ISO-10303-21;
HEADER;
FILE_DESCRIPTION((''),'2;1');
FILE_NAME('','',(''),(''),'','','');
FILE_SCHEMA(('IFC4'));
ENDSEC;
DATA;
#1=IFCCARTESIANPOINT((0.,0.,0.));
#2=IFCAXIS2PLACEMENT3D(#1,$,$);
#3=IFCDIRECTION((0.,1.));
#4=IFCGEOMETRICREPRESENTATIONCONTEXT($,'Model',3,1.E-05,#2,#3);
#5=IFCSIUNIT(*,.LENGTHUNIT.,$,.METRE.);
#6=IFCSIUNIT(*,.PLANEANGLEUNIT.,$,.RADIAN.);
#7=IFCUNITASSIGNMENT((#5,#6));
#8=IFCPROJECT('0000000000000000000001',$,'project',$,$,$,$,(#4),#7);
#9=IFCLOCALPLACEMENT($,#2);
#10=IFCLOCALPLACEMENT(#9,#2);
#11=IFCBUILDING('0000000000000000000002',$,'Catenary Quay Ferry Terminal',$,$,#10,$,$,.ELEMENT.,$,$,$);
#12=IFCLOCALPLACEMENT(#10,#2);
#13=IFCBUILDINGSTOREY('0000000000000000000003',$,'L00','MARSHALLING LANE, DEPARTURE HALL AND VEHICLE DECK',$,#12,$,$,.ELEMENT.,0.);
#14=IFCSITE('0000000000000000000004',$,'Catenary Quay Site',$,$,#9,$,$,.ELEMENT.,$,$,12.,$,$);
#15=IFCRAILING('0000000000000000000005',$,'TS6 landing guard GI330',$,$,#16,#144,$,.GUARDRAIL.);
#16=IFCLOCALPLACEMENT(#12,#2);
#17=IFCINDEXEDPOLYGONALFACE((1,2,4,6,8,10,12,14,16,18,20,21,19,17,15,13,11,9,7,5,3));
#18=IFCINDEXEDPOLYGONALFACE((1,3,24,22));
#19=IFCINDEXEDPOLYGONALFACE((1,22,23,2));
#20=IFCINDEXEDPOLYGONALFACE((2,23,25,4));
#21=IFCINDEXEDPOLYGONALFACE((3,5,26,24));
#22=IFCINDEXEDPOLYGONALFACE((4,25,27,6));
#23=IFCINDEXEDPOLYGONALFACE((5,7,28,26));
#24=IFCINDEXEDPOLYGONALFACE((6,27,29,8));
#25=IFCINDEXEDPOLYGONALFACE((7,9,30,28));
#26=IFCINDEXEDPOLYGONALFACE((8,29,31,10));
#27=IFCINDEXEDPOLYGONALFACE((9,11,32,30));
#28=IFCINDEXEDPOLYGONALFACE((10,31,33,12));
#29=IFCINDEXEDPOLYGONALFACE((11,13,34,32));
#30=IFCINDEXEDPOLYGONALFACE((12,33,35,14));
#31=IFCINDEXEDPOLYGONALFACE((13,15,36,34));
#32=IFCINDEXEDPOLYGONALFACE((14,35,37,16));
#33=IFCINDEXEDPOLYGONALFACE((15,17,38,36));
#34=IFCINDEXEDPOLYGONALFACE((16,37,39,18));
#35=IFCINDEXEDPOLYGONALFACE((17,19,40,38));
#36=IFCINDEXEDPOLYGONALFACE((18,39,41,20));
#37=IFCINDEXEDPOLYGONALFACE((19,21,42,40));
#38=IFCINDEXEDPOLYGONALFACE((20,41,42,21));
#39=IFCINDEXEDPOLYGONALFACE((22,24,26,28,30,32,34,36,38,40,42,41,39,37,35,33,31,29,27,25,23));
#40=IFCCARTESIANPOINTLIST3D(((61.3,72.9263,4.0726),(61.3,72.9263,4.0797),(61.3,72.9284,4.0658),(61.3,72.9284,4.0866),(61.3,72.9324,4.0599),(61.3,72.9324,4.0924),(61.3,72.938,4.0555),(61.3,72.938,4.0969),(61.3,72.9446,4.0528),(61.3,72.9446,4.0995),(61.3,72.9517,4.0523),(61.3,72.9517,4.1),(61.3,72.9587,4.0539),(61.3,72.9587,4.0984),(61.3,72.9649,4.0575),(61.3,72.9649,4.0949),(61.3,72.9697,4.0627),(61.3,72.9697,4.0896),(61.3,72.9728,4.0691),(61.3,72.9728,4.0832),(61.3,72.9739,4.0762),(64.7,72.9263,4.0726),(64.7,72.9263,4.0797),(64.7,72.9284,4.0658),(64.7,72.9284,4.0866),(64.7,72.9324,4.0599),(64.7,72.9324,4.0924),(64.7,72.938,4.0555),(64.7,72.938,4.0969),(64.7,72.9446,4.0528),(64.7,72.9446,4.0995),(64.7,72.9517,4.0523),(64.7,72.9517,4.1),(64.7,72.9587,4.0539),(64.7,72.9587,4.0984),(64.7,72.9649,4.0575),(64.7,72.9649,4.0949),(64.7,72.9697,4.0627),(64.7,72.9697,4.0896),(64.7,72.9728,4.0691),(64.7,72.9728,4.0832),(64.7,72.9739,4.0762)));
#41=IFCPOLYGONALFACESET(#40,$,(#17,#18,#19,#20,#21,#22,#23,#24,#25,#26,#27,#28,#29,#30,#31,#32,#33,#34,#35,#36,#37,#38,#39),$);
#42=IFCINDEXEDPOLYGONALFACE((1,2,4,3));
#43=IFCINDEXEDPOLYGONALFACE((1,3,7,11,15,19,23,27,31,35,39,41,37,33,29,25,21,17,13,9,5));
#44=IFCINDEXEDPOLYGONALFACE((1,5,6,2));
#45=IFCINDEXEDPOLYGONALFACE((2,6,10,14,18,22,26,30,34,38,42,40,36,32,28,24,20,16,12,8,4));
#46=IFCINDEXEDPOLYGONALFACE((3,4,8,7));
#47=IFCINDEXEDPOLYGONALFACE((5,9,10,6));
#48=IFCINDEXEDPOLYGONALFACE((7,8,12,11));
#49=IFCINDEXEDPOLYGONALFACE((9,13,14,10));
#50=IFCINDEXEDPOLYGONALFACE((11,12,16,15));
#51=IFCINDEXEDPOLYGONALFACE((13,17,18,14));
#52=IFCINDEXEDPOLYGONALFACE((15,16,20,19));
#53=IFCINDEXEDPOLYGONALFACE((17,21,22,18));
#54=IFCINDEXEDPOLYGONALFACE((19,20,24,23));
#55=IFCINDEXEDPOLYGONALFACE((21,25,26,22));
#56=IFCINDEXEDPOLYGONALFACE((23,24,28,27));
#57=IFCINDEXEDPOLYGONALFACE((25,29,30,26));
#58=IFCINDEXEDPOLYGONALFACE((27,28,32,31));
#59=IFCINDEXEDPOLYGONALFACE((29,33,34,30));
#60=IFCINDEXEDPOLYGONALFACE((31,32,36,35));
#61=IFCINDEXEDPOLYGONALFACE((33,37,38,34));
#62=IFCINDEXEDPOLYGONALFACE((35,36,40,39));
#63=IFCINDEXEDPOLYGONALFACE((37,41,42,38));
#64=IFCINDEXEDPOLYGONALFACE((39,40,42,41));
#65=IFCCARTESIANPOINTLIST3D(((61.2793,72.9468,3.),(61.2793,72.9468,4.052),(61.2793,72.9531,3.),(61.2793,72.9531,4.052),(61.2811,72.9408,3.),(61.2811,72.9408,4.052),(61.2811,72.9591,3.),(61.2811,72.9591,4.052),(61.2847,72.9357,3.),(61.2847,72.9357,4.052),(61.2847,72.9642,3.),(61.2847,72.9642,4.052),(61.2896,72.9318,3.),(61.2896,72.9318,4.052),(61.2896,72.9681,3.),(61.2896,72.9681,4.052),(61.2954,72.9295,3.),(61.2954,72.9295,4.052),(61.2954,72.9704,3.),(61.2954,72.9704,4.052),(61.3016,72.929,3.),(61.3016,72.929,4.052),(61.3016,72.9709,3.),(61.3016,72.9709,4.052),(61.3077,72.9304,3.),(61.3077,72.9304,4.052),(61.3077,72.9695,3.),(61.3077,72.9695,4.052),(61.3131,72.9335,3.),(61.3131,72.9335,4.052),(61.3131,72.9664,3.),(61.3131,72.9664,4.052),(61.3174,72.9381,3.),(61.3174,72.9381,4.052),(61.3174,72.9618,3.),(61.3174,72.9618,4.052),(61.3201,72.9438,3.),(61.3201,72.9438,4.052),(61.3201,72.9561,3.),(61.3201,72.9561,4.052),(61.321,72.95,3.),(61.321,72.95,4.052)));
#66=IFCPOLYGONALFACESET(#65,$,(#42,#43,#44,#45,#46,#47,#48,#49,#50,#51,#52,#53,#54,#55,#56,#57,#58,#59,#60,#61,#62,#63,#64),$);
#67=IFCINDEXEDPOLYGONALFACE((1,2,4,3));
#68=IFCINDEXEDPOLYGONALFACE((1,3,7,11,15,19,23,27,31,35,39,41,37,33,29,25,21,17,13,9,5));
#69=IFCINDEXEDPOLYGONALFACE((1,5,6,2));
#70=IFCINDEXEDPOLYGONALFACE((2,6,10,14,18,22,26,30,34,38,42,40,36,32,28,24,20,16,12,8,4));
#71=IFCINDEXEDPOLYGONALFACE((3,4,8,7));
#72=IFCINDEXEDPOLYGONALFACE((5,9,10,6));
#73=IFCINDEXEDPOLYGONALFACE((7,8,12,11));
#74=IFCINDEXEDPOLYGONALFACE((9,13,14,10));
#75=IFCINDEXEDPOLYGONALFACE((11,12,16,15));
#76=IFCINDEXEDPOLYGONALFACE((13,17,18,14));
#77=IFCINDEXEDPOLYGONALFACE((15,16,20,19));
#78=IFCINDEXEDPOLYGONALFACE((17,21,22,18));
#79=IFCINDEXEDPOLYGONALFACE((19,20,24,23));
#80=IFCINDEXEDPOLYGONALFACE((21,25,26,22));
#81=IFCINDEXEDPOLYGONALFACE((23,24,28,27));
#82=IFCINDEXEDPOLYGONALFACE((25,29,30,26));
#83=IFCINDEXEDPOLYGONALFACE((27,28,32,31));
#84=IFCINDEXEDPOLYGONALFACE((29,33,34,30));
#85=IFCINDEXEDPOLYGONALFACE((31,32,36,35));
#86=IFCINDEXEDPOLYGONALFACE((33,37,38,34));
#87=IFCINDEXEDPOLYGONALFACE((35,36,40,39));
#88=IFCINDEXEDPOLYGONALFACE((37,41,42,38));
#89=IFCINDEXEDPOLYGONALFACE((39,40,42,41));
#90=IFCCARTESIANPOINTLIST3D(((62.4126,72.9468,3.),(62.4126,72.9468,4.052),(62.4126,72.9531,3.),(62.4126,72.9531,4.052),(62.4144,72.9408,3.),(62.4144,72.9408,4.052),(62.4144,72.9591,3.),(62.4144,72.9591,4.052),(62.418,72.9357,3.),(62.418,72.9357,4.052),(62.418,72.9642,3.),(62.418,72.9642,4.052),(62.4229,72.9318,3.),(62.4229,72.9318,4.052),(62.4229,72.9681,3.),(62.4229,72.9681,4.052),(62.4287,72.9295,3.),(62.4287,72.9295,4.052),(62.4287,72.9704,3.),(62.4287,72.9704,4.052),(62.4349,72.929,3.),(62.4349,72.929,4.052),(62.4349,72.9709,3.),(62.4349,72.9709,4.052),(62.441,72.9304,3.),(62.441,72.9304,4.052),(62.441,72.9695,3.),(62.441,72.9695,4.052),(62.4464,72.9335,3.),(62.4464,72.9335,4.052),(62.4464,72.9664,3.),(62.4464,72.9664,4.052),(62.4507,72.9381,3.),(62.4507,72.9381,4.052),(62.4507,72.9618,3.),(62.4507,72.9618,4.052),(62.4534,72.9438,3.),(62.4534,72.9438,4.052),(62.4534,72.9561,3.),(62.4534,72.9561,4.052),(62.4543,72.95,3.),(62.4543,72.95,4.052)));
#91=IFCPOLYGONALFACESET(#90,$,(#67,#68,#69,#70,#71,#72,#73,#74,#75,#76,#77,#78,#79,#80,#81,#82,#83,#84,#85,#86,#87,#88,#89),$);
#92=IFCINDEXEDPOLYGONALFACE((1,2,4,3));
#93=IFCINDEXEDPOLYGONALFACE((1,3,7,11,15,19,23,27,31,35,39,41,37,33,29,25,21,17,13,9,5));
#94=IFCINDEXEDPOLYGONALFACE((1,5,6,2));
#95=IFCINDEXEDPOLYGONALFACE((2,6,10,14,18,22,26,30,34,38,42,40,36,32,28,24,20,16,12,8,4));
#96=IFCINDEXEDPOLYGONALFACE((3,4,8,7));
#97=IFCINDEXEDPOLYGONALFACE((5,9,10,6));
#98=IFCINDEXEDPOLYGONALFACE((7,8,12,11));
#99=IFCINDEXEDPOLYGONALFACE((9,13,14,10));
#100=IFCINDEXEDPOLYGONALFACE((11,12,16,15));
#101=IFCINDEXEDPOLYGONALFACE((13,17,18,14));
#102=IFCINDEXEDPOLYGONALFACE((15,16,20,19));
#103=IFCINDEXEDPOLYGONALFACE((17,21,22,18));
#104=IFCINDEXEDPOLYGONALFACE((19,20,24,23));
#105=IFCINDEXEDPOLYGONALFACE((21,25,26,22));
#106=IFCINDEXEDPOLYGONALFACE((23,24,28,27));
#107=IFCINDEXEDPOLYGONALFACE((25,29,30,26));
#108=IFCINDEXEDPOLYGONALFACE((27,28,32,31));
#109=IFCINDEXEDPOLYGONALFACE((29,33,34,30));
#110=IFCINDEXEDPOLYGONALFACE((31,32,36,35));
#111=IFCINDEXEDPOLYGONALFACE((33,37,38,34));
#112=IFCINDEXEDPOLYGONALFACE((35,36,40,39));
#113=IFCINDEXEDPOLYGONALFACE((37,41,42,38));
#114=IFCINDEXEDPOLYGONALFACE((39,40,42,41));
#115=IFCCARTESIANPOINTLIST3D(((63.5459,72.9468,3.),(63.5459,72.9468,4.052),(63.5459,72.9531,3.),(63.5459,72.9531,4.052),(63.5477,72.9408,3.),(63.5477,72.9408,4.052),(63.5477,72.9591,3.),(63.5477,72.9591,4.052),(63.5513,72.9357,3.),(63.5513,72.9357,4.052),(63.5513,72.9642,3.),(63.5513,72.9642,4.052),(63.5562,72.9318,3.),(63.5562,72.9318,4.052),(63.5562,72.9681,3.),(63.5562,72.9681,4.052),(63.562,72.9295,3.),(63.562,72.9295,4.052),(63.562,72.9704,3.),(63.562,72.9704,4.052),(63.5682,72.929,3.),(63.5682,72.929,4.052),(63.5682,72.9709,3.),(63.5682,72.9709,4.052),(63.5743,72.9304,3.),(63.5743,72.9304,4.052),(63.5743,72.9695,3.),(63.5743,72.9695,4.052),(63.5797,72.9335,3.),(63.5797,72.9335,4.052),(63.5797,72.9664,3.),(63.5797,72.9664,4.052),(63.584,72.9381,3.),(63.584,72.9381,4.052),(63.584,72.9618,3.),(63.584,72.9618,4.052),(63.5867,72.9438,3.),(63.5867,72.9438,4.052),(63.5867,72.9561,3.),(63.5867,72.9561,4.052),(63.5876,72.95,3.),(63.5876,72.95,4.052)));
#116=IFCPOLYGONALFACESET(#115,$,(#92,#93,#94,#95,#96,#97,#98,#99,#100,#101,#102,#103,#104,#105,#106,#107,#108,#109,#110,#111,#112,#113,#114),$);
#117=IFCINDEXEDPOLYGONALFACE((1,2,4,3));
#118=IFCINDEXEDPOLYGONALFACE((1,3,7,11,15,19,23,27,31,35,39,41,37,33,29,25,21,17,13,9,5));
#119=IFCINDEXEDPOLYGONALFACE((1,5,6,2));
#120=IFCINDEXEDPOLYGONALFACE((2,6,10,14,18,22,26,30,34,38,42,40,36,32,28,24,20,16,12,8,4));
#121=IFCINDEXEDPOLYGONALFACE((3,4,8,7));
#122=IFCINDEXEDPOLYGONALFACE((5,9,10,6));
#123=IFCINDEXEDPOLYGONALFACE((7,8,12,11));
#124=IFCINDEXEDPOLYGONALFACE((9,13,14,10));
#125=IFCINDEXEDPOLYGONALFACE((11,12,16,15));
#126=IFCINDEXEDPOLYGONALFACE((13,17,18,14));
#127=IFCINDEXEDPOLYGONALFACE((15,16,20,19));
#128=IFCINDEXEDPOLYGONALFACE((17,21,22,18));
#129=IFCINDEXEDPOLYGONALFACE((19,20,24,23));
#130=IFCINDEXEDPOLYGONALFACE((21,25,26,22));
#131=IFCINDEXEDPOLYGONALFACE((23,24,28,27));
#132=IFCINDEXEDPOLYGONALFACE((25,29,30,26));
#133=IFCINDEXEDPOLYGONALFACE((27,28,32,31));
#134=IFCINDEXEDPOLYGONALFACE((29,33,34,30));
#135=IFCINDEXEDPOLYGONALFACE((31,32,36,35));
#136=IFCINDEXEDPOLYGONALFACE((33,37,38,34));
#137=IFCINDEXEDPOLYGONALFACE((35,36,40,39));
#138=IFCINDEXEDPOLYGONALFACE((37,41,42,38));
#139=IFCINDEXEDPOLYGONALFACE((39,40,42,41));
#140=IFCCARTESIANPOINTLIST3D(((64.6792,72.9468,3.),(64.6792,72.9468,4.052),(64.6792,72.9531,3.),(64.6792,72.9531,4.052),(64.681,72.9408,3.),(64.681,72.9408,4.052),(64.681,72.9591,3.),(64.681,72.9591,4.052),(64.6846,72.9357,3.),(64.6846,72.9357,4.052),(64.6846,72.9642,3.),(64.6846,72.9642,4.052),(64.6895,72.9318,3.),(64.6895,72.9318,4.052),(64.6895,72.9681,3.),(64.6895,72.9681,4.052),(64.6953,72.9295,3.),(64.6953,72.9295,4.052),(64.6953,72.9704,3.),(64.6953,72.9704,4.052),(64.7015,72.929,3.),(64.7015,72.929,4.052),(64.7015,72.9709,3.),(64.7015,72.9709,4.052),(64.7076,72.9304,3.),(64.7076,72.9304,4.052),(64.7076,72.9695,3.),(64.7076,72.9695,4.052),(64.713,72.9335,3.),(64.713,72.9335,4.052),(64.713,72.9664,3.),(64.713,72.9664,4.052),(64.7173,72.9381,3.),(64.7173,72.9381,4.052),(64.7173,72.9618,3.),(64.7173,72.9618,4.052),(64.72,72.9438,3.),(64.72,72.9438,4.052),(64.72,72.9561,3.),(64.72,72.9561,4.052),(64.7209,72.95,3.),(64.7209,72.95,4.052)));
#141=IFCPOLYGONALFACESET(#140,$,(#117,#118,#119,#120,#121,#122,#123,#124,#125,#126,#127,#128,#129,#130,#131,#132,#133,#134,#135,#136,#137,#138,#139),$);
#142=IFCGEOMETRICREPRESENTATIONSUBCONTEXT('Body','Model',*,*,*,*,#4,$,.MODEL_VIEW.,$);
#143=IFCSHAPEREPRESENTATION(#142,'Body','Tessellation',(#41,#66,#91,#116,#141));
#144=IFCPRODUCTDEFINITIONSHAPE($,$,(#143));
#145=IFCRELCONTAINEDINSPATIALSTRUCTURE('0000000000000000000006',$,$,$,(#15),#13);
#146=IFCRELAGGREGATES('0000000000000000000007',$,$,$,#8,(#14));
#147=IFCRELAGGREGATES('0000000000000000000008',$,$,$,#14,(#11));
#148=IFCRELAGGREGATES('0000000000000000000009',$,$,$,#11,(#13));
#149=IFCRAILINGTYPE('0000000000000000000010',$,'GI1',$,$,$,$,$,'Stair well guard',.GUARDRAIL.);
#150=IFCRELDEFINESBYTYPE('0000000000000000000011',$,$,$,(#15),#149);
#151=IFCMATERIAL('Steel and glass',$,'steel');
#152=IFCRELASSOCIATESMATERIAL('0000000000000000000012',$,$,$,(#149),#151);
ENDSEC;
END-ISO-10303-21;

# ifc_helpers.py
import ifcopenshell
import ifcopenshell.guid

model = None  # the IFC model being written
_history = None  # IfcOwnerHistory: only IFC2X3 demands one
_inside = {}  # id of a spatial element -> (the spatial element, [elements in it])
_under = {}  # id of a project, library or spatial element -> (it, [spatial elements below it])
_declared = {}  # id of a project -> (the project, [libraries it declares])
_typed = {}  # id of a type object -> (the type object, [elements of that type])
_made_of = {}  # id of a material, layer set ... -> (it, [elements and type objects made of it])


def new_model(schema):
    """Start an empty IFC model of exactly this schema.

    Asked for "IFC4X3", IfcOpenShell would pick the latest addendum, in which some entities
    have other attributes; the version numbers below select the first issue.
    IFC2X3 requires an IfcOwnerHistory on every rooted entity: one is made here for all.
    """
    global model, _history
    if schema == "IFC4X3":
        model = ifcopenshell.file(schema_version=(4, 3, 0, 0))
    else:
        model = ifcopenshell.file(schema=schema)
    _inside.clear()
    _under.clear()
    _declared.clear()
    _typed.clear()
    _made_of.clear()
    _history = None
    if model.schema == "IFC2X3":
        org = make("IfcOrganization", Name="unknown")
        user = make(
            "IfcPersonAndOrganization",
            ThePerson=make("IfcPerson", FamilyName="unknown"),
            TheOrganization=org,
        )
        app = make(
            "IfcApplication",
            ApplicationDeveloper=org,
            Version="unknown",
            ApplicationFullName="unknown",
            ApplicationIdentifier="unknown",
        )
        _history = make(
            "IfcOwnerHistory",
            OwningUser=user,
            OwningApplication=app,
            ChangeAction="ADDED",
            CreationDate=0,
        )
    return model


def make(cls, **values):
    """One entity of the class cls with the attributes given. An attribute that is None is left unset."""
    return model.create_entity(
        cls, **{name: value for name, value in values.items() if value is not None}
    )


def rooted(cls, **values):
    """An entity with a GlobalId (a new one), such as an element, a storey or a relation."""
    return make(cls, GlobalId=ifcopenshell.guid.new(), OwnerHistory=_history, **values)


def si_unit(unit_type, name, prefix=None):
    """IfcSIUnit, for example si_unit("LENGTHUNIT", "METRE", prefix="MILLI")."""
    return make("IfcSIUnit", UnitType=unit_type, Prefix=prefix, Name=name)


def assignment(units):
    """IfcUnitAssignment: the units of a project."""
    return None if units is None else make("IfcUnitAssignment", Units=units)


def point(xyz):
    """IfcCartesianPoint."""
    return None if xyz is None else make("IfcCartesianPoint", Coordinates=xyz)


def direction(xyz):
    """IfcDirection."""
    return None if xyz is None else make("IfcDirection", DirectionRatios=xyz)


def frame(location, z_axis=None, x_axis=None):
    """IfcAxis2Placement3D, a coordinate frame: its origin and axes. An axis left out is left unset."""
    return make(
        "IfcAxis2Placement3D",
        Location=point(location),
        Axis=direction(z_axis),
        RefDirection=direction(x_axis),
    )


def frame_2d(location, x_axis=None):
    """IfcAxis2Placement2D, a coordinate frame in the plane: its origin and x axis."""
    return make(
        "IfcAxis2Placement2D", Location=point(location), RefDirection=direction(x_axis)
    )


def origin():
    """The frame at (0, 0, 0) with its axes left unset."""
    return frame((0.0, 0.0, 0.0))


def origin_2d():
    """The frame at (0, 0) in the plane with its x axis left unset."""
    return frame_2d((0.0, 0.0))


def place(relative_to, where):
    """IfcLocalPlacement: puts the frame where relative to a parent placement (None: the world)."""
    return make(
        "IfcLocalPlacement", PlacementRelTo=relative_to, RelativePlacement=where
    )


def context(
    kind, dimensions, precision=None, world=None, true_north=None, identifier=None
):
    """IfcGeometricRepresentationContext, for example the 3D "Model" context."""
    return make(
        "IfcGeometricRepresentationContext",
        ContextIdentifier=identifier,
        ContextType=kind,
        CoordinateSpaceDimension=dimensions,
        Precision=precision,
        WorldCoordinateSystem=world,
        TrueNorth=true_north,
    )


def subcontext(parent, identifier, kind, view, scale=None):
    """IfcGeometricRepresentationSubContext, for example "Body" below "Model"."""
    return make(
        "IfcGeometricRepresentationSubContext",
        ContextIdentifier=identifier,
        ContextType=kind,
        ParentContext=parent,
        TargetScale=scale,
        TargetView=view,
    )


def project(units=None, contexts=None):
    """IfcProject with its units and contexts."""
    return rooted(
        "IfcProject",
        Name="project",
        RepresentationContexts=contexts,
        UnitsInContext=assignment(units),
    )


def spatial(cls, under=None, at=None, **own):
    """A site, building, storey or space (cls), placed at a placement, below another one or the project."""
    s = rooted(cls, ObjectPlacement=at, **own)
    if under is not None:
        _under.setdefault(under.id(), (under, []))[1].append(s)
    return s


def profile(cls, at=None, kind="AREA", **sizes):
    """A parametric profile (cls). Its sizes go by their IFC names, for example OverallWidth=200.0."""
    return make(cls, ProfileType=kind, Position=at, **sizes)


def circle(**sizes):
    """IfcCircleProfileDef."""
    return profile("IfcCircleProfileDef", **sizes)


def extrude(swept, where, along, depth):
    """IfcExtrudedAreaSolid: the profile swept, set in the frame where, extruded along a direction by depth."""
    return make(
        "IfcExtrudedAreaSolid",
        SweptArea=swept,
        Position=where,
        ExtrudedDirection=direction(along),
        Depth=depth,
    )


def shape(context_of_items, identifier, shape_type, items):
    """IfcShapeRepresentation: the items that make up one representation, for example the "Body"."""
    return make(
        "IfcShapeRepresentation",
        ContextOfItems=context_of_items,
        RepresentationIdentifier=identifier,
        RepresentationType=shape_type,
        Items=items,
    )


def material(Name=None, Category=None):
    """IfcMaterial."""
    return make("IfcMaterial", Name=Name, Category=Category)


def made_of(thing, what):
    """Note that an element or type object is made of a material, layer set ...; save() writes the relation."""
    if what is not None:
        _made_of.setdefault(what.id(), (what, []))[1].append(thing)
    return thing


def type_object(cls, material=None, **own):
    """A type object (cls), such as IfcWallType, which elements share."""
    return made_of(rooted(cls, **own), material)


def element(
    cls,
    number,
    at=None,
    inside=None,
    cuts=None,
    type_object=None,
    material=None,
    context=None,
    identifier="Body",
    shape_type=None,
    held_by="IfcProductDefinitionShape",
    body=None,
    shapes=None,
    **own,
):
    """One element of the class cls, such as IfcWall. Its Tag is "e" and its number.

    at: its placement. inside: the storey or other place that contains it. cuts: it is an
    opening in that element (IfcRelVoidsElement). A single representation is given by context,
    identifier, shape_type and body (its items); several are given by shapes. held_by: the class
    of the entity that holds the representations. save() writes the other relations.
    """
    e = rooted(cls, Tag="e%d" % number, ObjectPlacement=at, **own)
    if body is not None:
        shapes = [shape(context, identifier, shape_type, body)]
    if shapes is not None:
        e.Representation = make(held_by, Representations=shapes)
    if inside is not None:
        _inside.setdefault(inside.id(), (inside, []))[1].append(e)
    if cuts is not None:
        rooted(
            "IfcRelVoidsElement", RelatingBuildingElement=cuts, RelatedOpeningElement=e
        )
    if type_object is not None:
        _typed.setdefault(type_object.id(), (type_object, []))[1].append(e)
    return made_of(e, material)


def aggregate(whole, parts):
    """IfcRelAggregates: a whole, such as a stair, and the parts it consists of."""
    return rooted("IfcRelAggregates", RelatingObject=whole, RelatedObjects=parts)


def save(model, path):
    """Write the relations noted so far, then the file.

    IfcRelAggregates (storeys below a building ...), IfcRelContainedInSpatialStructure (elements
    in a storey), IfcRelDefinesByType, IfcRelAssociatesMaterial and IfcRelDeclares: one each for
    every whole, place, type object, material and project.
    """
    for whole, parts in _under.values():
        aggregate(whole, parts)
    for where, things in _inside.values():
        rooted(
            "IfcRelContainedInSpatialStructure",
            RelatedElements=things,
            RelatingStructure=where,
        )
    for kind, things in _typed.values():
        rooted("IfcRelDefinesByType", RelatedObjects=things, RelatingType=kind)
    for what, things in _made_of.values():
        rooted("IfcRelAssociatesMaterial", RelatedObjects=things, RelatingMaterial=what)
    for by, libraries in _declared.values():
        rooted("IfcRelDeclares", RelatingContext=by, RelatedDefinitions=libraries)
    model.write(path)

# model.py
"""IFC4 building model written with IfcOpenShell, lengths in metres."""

from ifc_helpers import new_model, si_unit, direction, frame, origin, origin_2d, place, context, subcontext, project, spatial, circle, extrude, material, type_object, element, save


model = new_model("IFC4")

# Units and contexts
model_context = context("Model", 3, precision=1e-05, world=origin(), true_north=direction((0.0, 1.0)))
body_context = subcontext(model_context, "Body", "Model", "MODEL_VIEW")
ifc_project = project(units=[si_unit("LENGTHUNIT", "METRE"), si_unit("PLANEANGLEUNIT", "RADIAN")], contexts=[model_context])

# Site, building, storey
site_placement = place(None, origin())
site = spatial("IfcSite", under=ifc_project, at=site_placement, Name="Catenary Quay Site", CompositionType="ELEMENT", RefElevation=12.0)
building_placement = place(site_placement, origin())
building = spatial("IfcBuilding", under=site, at=building_placement, Name="Catenary Quay Ferry Terminal", CompositionType="ELEMENT")
storey_placement = place(building_placement, origin())
storey = spatial("IfcBuildingStorey", under=building, at=storey_placement, Name="L00", Description="MARSHALLING LANE, DEPARTURE HALL AND VEHICLE DECK", CompositionType="ELEMENT", Elevation=0.0)

# Railing
ifc_material_1 = material(Name="Steel and glass", Category="steel")
railing_type_1 = type_object("IfcRailingType", Name="GI1", ElementType="Stair well guard", PredefinedType="GUARDRAIL", material=ifc_material_1)
railing_placement = place(storey_placement, frame((61.3, 72.95, 3.0)))
element("IfcRailing", 1, at=railing_placement, inside=storey, type_object=railing_type_1, Name="TS6 landing guard GI330", PredefinedType="GUARDRAIL", context=body_context, shape_type="SweptSolid", body=[
    extrude(circle(Radius=0.0239, at=origin_2d()), frame((0.0, 0.0, 1.0762), z_axis=(1.0, 0.0, 0.0), x_axis=(0.0, 1.0, 0.0)), (0.0, 0.0, 1.0), 3.3999),
    extrude(circle(Radius=0.021, at=origin_2d()), origin(), (0.0, 0.0, 1.0), 1.052),
    extrude(circle(Radius=0.021, at=origin_2d()), frame((1.1333, 0.0, 0.0)), (0.0, 0.0, 1.0), 1.052),
    extrude(circle(Radius=0.021, at=origin_2d()), frame((2.2666, 0.0, 0.0)), (0.0, 0.0, 1.0), 1.052),
    extrude(circle(Radius=0.021, at=origin_2d()), frame((3.3999, 0.0, 0.0)), (0.0, 0.0, 1.0), 1.052),
])

save(model, "model.ifc")
